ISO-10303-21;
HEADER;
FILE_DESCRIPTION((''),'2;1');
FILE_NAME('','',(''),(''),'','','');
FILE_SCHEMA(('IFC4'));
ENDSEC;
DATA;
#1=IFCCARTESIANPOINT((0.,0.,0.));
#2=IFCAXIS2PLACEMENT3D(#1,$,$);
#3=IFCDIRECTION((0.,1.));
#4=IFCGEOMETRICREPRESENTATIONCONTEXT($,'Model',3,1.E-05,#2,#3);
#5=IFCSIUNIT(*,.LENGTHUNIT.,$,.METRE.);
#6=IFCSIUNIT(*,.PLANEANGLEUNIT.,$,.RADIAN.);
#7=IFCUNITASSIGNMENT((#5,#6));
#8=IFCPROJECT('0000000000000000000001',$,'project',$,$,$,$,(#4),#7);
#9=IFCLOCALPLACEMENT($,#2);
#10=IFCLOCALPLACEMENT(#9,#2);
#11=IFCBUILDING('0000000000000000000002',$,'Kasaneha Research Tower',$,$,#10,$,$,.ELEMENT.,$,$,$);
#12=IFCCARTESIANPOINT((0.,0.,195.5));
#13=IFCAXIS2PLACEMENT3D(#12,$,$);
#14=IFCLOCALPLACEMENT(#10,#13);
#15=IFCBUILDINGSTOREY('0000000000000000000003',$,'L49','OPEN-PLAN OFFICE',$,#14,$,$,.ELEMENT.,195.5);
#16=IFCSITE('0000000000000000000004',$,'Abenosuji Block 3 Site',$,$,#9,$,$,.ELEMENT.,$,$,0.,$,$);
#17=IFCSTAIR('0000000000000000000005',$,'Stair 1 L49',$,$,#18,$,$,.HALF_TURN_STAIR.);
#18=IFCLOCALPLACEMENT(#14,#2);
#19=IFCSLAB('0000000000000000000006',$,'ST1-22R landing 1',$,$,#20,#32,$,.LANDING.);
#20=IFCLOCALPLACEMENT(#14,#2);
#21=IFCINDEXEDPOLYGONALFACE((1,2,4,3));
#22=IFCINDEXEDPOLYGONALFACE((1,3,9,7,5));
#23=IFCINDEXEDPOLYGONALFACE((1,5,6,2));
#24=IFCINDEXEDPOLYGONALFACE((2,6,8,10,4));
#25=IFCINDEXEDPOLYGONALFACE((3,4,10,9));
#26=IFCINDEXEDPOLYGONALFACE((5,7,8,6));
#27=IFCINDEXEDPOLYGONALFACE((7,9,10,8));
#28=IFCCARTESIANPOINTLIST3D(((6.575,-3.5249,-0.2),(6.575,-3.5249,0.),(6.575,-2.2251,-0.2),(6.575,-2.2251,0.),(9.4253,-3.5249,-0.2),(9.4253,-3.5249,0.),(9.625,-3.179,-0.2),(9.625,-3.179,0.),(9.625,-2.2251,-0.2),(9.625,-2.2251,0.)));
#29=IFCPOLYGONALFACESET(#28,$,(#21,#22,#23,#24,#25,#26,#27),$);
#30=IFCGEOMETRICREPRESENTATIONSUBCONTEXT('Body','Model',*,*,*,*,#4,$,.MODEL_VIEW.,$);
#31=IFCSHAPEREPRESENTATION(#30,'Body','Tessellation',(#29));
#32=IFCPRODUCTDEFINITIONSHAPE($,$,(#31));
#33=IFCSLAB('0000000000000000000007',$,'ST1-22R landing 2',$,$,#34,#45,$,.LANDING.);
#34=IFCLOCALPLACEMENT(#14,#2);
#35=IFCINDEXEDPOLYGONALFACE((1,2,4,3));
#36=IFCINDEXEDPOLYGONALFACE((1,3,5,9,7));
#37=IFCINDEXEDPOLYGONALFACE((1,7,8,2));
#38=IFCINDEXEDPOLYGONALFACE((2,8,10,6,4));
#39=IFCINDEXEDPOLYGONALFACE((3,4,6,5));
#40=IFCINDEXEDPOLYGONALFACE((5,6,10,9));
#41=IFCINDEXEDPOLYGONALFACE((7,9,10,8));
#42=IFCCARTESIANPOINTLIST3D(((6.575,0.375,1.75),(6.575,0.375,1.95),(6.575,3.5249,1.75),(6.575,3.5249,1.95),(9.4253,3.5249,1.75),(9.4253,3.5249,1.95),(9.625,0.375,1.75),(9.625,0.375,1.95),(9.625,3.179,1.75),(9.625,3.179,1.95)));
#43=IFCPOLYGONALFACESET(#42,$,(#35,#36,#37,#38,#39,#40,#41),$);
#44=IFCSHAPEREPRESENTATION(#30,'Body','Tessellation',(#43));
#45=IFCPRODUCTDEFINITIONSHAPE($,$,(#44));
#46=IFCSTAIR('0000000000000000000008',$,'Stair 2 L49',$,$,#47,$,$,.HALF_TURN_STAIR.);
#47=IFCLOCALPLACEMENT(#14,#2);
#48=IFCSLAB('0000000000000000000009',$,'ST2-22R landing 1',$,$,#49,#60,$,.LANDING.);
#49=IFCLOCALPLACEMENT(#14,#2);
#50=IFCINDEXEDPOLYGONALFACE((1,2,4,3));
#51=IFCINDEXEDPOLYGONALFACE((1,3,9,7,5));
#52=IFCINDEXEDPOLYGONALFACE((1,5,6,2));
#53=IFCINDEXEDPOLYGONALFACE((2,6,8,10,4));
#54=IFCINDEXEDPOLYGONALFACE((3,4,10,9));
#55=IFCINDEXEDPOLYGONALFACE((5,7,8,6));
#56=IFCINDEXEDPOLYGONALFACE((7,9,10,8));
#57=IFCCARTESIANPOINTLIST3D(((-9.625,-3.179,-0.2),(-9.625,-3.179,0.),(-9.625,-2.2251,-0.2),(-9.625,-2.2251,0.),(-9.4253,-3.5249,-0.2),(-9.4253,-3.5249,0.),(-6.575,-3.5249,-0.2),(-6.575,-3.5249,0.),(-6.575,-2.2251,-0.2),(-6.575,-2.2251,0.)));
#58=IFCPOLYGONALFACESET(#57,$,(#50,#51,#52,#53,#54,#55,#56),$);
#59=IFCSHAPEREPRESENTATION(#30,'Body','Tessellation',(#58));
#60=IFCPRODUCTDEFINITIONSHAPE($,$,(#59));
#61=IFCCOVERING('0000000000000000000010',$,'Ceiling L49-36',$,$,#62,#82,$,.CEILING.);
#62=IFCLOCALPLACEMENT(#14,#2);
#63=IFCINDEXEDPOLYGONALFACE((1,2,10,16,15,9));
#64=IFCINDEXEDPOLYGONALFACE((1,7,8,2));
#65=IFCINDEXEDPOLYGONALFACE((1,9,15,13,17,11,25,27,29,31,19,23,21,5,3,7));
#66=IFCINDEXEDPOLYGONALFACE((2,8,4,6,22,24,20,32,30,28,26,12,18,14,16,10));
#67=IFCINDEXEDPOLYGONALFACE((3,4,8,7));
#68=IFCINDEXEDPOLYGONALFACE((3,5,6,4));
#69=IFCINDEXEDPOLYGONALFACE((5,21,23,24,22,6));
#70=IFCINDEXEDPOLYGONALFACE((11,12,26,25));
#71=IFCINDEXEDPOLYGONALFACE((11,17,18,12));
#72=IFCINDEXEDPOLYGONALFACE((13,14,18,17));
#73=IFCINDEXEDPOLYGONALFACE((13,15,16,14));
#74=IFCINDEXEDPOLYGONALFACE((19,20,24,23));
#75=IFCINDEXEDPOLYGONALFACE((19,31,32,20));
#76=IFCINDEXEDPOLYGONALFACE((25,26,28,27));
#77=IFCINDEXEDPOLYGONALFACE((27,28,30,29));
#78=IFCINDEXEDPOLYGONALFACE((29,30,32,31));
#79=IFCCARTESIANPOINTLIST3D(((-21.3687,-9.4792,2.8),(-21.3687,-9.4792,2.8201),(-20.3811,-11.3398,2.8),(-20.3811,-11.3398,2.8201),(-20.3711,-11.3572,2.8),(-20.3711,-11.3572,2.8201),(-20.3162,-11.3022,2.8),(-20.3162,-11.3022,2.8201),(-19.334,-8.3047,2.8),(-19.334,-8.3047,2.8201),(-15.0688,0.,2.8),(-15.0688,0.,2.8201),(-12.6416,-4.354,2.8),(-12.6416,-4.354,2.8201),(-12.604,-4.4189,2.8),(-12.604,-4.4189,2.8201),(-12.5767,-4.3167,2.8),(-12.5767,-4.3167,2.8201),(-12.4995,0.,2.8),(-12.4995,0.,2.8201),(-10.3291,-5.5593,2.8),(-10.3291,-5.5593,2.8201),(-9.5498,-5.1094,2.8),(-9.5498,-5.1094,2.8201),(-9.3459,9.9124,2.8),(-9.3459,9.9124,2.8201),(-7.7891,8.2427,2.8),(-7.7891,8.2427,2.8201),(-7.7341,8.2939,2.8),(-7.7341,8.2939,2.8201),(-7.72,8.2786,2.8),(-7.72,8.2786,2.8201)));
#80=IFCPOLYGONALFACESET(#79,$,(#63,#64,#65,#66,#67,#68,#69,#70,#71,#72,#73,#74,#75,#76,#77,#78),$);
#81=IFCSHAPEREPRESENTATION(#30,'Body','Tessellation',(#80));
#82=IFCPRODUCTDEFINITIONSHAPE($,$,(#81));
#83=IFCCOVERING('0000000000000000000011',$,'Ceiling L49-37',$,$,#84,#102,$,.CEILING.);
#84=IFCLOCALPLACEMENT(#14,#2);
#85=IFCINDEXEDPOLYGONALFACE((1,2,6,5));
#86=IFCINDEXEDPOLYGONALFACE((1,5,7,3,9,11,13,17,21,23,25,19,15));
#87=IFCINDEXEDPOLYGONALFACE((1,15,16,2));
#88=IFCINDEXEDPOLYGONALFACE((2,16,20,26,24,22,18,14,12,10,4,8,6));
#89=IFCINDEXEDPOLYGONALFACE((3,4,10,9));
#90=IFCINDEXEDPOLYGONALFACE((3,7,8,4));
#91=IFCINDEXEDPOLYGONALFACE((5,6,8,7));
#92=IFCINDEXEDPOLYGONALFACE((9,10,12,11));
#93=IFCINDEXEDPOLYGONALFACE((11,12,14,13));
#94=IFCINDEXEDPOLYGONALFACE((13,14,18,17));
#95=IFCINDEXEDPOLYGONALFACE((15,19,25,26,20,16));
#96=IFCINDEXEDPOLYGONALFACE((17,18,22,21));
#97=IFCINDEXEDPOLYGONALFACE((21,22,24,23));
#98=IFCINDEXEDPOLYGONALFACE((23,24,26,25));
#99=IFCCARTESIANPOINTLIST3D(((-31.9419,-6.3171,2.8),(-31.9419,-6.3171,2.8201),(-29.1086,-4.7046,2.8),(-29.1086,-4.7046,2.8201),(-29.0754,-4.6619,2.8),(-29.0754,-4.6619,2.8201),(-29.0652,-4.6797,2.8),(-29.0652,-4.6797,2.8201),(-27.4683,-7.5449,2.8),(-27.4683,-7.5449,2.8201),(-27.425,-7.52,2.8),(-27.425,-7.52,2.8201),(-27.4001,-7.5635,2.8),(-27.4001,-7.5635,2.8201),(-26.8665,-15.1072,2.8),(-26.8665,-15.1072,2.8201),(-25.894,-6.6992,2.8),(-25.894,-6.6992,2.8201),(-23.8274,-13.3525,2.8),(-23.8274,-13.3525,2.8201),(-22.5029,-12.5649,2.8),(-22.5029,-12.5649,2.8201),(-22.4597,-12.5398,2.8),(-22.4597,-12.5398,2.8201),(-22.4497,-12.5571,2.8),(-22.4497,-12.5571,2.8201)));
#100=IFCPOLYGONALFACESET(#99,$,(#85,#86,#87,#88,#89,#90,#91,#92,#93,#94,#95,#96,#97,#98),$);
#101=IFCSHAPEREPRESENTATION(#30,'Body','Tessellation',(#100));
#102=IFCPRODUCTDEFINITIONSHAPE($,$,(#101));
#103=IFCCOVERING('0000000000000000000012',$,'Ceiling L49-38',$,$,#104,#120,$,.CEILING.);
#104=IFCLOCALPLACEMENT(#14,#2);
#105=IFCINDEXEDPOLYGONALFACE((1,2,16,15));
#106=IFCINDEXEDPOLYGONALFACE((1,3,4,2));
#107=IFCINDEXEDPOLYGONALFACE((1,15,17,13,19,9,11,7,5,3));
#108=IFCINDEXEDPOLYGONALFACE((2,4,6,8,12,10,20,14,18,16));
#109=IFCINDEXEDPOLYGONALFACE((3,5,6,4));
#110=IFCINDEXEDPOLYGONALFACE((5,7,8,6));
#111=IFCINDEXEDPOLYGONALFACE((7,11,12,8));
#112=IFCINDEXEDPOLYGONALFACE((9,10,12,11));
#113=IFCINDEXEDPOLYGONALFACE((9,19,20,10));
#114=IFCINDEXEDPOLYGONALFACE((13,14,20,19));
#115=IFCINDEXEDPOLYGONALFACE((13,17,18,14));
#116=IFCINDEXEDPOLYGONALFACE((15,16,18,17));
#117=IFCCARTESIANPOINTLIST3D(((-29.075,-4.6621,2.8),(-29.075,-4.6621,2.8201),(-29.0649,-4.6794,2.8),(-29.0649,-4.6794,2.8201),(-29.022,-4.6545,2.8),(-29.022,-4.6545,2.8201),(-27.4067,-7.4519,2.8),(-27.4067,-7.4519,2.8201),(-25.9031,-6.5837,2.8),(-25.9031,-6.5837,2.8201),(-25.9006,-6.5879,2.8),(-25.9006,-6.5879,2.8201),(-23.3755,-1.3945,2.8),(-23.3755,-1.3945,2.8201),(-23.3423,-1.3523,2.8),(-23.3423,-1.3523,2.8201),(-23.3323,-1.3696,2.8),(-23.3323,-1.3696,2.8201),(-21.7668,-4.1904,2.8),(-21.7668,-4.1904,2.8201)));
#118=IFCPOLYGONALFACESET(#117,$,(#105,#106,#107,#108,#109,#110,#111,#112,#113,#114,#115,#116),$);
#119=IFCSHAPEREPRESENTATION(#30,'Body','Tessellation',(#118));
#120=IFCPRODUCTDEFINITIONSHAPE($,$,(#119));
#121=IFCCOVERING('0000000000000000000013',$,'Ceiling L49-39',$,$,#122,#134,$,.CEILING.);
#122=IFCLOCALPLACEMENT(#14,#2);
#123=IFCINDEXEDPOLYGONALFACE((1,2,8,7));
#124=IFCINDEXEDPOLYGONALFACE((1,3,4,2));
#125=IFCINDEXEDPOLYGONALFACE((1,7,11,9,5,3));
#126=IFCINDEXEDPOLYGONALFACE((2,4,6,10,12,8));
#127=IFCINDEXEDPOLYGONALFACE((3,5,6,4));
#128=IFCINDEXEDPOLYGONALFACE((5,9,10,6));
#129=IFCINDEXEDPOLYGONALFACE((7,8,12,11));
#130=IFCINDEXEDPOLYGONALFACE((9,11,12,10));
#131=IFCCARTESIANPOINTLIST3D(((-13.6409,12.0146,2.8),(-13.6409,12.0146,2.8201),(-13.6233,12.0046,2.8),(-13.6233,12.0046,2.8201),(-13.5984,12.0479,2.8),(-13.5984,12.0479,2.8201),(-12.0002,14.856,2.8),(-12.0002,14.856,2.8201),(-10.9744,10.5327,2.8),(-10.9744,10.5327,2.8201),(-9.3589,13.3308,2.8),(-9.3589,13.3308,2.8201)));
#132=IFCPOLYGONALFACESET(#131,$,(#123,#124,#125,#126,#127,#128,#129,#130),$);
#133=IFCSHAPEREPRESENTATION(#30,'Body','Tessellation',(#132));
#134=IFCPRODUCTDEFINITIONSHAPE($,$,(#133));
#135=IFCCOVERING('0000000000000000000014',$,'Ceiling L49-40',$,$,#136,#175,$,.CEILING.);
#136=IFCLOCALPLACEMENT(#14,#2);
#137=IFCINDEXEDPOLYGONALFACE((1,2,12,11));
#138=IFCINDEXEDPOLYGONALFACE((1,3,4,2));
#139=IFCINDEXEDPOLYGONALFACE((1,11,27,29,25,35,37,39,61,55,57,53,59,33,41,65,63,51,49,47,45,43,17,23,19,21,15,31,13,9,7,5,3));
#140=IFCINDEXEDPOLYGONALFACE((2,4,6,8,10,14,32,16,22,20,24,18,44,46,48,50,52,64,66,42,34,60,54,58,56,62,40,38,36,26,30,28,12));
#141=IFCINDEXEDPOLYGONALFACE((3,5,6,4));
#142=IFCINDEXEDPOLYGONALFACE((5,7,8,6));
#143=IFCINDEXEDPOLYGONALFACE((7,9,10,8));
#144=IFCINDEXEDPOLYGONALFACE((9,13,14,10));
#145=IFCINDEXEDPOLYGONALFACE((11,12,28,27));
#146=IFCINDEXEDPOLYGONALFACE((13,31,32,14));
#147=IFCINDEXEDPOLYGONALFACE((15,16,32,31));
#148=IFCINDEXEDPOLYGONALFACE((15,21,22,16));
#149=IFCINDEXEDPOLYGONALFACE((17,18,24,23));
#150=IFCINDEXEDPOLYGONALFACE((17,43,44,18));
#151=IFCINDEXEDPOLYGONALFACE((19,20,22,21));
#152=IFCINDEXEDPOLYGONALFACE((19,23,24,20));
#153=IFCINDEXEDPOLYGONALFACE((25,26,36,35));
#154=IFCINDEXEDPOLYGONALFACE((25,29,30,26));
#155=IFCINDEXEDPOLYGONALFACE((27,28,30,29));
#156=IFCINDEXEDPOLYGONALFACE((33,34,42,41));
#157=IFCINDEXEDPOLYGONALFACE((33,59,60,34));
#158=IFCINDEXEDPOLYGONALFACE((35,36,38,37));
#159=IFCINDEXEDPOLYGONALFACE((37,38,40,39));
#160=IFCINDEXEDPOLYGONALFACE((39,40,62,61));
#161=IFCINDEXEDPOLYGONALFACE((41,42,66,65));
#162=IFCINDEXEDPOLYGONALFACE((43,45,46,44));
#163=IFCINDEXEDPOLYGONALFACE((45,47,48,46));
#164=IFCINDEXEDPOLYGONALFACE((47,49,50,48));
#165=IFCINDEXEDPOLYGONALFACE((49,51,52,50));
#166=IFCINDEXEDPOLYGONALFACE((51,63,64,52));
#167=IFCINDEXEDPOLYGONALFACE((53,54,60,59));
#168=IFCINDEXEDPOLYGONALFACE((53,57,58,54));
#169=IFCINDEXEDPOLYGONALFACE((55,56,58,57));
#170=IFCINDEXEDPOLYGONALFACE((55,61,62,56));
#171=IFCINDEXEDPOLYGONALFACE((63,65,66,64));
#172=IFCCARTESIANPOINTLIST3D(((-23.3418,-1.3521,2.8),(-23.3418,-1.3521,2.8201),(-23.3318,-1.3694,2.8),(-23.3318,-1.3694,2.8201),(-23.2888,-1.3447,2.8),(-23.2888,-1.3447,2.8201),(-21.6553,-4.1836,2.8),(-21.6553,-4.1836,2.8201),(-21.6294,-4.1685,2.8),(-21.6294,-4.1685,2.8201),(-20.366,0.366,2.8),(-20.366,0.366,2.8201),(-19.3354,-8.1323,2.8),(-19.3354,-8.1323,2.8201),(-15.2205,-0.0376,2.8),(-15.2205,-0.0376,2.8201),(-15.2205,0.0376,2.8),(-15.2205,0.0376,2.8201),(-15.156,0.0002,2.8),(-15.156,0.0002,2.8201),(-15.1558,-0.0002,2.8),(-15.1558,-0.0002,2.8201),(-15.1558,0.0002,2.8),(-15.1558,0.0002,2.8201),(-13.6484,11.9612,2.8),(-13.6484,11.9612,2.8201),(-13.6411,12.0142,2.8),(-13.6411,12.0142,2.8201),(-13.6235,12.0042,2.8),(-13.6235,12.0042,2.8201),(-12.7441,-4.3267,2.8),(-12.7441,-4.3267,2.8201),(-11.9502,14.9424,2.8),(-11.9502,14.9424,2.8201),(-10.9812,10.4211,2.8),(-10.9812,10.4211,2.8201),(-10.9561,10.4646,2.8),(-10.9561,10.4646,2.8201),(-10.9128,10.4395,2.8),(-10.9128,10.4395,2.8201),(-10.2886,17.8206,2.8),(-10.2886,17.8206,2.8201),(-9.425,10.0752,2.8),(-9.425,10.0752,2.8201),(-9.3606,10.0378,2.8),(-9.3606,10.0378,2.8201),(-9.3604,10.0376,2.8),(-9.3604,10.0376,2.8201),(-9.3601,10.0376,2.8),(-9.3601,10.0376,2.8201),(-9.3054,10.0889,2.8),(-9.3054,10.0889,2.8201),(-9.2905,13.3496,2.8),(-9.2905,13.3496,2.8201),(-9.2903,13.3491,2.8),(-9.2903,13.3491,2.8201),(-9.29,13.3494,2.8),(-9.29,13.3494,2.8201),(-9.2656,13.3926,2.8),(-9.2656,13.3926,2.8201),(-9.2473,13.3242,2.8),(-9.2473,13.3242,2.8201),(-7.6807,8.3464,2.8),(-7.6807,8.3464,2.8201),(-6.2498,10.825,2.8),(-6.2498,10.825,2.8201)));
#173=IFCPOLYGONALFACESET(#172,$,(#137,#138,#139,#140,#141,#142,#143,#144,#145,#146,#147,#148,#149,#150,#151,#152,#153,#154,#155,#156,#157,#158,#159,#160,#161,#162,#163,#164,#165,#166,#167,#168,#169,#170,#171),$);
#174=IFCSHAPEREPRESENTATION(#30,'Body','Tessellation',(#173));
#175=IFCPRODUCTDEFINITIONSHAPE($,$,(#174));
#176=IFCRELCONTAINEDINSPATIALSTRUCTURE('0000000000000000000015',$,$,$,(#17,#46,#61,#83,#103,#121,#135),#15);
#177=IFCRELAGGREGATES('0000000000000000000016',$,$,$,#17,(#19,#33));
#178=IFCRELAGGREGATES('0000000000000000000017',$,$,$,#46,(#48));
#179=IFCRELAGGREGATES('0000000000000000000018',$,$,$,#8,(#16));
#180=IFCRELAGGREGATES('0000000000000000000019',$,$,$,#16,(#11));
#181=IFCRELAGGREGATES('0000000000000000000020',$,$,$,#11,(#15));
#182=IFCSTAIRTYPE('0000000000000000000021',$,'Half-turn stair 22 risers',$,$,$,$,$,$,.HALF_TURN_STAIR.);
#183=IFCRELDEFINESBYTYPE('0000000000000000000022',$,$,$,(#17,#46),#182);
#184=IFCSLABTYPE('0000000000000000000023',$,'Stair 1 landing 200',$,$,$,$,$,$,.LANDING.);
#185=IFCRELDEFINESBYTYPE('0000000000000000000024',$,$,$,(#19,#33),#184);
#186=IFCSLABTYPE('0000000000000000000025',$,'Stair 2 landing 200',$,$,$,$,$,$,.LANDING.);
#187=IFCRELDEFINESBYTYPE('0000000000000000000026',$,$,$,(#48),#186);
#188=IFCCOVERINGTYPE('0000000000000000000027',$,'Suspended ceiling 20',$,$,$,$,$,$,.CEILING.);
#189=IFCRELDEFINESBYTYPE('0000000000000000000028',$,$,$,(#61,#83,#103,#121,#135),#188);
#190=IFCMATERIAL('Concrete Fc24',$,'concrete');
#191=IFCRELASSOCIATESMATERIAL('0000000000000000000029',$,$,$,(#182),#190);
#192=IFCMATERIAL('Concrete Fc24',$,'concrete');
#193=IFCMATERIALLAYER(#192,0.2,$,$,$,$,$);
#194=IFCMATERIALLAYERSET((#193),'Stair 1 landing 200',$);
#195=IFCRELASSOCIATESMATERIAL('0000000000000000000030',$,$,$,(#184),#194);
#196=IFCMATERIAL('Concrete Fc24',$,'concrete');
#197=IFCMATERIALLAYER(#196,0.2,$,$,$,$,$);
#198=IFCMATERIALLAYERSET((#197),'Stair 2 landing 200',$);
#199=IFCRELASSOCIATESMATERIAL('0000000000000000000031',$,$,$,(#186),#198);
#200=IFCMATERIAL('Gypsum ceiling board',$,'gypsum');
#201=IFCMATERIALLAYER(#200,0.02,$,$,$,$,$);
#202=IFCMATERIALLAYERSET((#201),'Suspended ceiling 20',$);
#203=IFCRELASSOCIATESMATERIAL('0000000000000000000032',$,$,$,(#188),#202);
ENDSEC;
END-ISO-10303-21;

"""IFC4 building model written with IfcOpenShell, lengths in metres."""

from ifc_helpers import new_model, si_unit, direction, frame, origin, place, context, subcontext, project, spatial, polyline, outline, extrude, material, layer, layer_set, type_object, element, aggregate, save


model = new_model("IFC4")

# Units and contexts
model_context = context("Model", 3, precision=1e-05, world=origin(), true_north=direction((0.0, 1.0)))
body_context = subcontext(model_context, "Body", "Model", "MODEL_VIEW")
ifc_project = project(units=[si_unit("LENGTHUNIT", "METRE"), si_unit("PLANEANGLEUNIT", "RADIAN")], contexts=[model_context])

# Site, building, storey
site_placement = place(None, origin())
site = spatial("IfcSite", under=ifc_project, at=site_placement, Name="Abenosuji Block 3 Site", CompositionType="ELEMENT", RefElevation=0.0)
building_placement = place(site_placement, origin())
building = spatial("IfcBuilding", under=site, at=building_placement, Name="Kasaneha Research Tower", CompositionType="ELEMENT")
storey_placement = place(building_placement, frame((0.0, 0.0, 195.5)))
storey = spatial("IfcBuildingStorey", under=building, at=storey_placement, Name="L49", Description="OPEN-PLAN OFFICE", CompositionType="ELEMENT", Elevation=195.5)

# Stair, slabs
ifc_material_1 = material(Name="Concrete Fc24", Category="concrete")
stair_type = type_object("IfcStairType", Name="Half-turn stair 22 risers", PredefinedType="HALF_TURN_STAIR", material=ifc_material_1)
stair_1_placement = place(storey_placement, origin())
stair_1 = element("IfcStair", 1, at=stair_1_placement, inside=storey, type_object=stair_type, Name="Stair 1 L49", PredefinedType="HALF_TURN_STAIR")
ifc_material_2 = material(Name="Concrete Fc24", Category="concrete")
ifc_layer_1 = layer(ifc_material_2, 0.2)
ifc_layer_set_1 = layer_set([ifc_layer_1], Name="Stair 1 landing 200")
slab_type_1 = type_object("IfcSlabType", Name="Stair 1 landing 200", PredefinedType="LANDING", material=ifc_layer_set_1)
slab_1_placement = place(storey_placement, frame((0.0, 0.0, -0.2)))
slab_1 = element("IfcSlab", 2, at=slab_1_placement, type_object=slab_type_1, Name="ST1-22R landing 1", PredefinedType="LANDING", context=body_context, shape_type="SweptSolid", body=[
    extrude(outline(polyline([(9.4253, -3.5249), (6.575, -3.5249), (6.575, -2.2251), (9.625, -2.2251), (9.625, -3.179), (9.4253, -3.5249)])), origin(), (0.0, 0.0, 1.0), 0.2),
])
slab_2_placement = place(storey_placement, frame((0.0, 0.0, 1.75)))
slab_2 = element("IfcSlab", 3, at=slab_2_placement, type_object=slab_type_1, Name="ST1-22R landing 2", PredefinedType="LANDING", context=body_context, shape_type="SweptSolid", body=[
    extrude(outline(polyline([(6.575, 3.5249), (9.4253, 3.5249), (9.625, 3.179), (9.625, 0.375), (6.575, 0.375), (6.575, 3.5249)])), origin(), (0.0, 0.0, 1.0), 0.2),
])
aggregate(stair_1, [slab_1, slab_2])

# Stair, slab
stair_2_placement = place(storey_placement, origin())
stair_2 = element("IfcStair", 4, at=stair_2_placement, inside=storey, type_object=stair_type, Name="Stair 2 L49", PredefinedType="HALF_TURN_STAIR")
ifc_material_3 = material(Name="Concrete Fc24", Category="concrete")
ifc_layer_2 = layer(ifc_material_3, 0.2)
ifc_layer_set_2 = layer_set([ifc_layer_2], Name="Stair 2 landing 200")
slab_type_2 = type_object("IfcSlabType", Name="Stair 2 landing 200", PredefinedType="LANDING", material=ifc_layer_set_2)
slab_3_placement = place(storey_placement, frame((0.0, 0.0, -0.2)))
slab_3 = element("IfcSlab", 5, at=slab_3_placement, type_object=slab_type_2, Name="ST2-22R landing 1", PredefinedType="LANDING", context=body_context, shape_type="SweptSolid", body=[
    extrude(outline(polyline([(-6.575, -3.5249), (-9.4253, -3.5249), (-9.625, -3.179), (-9.625, -2.2251), (-6.575, -2.2251), (-6.575, -3.5249)])), origin(), (0.0, 0.0, 1.0), 0.2),
])
aggregate(stair_2, [slab_3])

# Coverings
ifc_material_4 = material(Name="Gypsum ceiling board", Category="gypsum")
ifc_layer_3 = layer(ifc_material_4, 0.02)
ifc_layer_set_3 = layer_set([ifc_layer_3], Name="Suspended ceiling 20")
covering_type_1 = type_object("IfcCoveringType", Name="Suspended ceiling 20", PredefinedType="CEILING", material=ifc_layer_set_3)
covering_1_placement = place(storey_placement, frame((0.0, 0.0, 2.8)))
element("IfcCovering", 6, at=covering_1_placement, inside=storey, type_object=covering_type_1, Name="Ceiling L49-36", PredefinedType="CEILING", context=body_context, shape_type="SweptSolid", body=[
    extrude(outline(polyline([(-9.5498, -5.1094), (-10.3291, -5.5593), (-10.3291, -5.5593), (-20.3711, -11.3572), (-20.3811, -11.3398), (-20.3162, -11.3022), (-21.3687, -9.4792), (-19.334, -8.3047), (-19.334, -8.3047), (-12.604, -4.4189), (-12.6416, -4.354), (-12.5767, -4.3167), (-15.0688, 0.0), (-9.3459, 9.9124), (-7.7891, 8.2427), (-7.7341, 8.2939), (-7.72, 8.2786), (-12.4995, 0.0), (-9.5498, -5.1094)])), origin(), (0.0, 0.0, 1.0), 0.02),
])
covering_2_placement = place(storey_placement, frame((0.0, 0.0, 2.8)))
element("IfcCovering", 7, at=covering_2_placement, inside=storey, type_object=covering_type_1, Name="Ceiling L49-37", PredefinedType="CEILING", context=body_context, shape_type="SweptSolid", body=[
    extrude(outline(polyline([(-29.0754, -4.6619), (-29.0652, -4.6797), (-29.1086, -4.7046), (-27.4683, -7.5449), (-27.425, -7.52), (-27.4001, -7.5635), (-25.894, -6.6992), (-22.5029, -12.5649), (-22.4597, -12.5398), (-22.4497, -12.5571), (-23.8274, -13.3525), (-26.8665, -15.1072), (-31.9419, -6.3171), (-29.0754, -4.6619)])), origin(), (0.0, 0.0, 1.0), 0.02),
])
covering_3_placement = place(storey_placement, frame((0.0, 0.0, 2.8)))
element("IfcCovering", 8, at=covering_3_placement, inside=storey, type_object=covering_type_1, Name="Ceiling L49-38", PredefinedType="CEILING", context=body_context, shape_type="SweptSolid", body=[
    extrude(outline(polyline([(-23.3423, -1.3523), (-23.3323, -1.3696), (-23.3755, -1.3945), (-21.7668, -4.1904), (-25.9031, -6.5837), (-25.9006, -6.5879), (-27.4067, -7.4519), (-29.022, -4.6545), (-29.0649, -4.6794), (-29.075, -4.6621), (-23.3423, -1.3523)])), origin(), (0.0, 0.0, 1.0), 0.02),
])
covering_4_placement = place(storey_placement, frame((0.0, 0.0, 2.8)))
element("IfcCovering", 9, at=covering_4_placement, inside=storey, type_object=covering_type_1, Name="Ceiling L49-39", PredefinedType="CEILING", context=body_context, shape_type="SweptSolid", body=[
    extrude(outline(polyline([(-12.0002, 14.856), (-9.3589, 13.3308), (-10.9744, 10.5327), (-13.5984, 12.0479), (-13.6233, 12.0046), (-13.6409, 12.0146), (-12.0002, 14.856)])), origin(), (0.0, 0.0, 1.0), 0.02),
])
covering_5_placement = place(storey_placement, frame((0.0, 0.0, 2.8)))
element("IfcCovering", 10, at=covering_5_placement, inside=storey, type_object=covering_type_1, Name="Ceiling L49-40", PredefinedType="CEILING", context=body_context, shape_type="SweptSolid", body=[
    extrude(outline(polyline([(-9.3606, 10.0378), (-9.3606, 10.0378), (-9.425, 10.0752), (-15.2205, 0.0376), (-15.1558, 0.0002), (-15.156, 0.0002), (-15.1558, -0.0002), (-15.2205, -0.0376), (-12.7441, -4.3267), (-19.3354, -8.1323), (-21.6294, -4.1685), (-21.6553, -4.1836), (-23.2888, -1.3447), (-23.3318, -1.3694), (-23.3418, -1.3521), (-20.366, 0.366), (-13.6411, 12.0142), (-13.6235, 12.0042), (-13.6484, 11.9612), (-10.9812, 10.4211), (-10.9561, 10.4646), (-10.9128, 10.4395), (-9.2473, 13.3242), (-9.2903, 13.3491), (-9.29, 13.3494), (-9.2905, 13.3496), (-9.2656, 13.3926), (-11.9502, 14.9424), (-10.2886, 17.8206), (-6.2498, 10.825), (-7.6807, 8.3464), (-9.3054, 10.0889), (-9.3601, 10.0376), (-9.3604, 10.0376), (-9.3606, 10.0378)])), origin(), (0.0, 0.0, 1.0), 0.02),
])

save(model, "model.ifc")
